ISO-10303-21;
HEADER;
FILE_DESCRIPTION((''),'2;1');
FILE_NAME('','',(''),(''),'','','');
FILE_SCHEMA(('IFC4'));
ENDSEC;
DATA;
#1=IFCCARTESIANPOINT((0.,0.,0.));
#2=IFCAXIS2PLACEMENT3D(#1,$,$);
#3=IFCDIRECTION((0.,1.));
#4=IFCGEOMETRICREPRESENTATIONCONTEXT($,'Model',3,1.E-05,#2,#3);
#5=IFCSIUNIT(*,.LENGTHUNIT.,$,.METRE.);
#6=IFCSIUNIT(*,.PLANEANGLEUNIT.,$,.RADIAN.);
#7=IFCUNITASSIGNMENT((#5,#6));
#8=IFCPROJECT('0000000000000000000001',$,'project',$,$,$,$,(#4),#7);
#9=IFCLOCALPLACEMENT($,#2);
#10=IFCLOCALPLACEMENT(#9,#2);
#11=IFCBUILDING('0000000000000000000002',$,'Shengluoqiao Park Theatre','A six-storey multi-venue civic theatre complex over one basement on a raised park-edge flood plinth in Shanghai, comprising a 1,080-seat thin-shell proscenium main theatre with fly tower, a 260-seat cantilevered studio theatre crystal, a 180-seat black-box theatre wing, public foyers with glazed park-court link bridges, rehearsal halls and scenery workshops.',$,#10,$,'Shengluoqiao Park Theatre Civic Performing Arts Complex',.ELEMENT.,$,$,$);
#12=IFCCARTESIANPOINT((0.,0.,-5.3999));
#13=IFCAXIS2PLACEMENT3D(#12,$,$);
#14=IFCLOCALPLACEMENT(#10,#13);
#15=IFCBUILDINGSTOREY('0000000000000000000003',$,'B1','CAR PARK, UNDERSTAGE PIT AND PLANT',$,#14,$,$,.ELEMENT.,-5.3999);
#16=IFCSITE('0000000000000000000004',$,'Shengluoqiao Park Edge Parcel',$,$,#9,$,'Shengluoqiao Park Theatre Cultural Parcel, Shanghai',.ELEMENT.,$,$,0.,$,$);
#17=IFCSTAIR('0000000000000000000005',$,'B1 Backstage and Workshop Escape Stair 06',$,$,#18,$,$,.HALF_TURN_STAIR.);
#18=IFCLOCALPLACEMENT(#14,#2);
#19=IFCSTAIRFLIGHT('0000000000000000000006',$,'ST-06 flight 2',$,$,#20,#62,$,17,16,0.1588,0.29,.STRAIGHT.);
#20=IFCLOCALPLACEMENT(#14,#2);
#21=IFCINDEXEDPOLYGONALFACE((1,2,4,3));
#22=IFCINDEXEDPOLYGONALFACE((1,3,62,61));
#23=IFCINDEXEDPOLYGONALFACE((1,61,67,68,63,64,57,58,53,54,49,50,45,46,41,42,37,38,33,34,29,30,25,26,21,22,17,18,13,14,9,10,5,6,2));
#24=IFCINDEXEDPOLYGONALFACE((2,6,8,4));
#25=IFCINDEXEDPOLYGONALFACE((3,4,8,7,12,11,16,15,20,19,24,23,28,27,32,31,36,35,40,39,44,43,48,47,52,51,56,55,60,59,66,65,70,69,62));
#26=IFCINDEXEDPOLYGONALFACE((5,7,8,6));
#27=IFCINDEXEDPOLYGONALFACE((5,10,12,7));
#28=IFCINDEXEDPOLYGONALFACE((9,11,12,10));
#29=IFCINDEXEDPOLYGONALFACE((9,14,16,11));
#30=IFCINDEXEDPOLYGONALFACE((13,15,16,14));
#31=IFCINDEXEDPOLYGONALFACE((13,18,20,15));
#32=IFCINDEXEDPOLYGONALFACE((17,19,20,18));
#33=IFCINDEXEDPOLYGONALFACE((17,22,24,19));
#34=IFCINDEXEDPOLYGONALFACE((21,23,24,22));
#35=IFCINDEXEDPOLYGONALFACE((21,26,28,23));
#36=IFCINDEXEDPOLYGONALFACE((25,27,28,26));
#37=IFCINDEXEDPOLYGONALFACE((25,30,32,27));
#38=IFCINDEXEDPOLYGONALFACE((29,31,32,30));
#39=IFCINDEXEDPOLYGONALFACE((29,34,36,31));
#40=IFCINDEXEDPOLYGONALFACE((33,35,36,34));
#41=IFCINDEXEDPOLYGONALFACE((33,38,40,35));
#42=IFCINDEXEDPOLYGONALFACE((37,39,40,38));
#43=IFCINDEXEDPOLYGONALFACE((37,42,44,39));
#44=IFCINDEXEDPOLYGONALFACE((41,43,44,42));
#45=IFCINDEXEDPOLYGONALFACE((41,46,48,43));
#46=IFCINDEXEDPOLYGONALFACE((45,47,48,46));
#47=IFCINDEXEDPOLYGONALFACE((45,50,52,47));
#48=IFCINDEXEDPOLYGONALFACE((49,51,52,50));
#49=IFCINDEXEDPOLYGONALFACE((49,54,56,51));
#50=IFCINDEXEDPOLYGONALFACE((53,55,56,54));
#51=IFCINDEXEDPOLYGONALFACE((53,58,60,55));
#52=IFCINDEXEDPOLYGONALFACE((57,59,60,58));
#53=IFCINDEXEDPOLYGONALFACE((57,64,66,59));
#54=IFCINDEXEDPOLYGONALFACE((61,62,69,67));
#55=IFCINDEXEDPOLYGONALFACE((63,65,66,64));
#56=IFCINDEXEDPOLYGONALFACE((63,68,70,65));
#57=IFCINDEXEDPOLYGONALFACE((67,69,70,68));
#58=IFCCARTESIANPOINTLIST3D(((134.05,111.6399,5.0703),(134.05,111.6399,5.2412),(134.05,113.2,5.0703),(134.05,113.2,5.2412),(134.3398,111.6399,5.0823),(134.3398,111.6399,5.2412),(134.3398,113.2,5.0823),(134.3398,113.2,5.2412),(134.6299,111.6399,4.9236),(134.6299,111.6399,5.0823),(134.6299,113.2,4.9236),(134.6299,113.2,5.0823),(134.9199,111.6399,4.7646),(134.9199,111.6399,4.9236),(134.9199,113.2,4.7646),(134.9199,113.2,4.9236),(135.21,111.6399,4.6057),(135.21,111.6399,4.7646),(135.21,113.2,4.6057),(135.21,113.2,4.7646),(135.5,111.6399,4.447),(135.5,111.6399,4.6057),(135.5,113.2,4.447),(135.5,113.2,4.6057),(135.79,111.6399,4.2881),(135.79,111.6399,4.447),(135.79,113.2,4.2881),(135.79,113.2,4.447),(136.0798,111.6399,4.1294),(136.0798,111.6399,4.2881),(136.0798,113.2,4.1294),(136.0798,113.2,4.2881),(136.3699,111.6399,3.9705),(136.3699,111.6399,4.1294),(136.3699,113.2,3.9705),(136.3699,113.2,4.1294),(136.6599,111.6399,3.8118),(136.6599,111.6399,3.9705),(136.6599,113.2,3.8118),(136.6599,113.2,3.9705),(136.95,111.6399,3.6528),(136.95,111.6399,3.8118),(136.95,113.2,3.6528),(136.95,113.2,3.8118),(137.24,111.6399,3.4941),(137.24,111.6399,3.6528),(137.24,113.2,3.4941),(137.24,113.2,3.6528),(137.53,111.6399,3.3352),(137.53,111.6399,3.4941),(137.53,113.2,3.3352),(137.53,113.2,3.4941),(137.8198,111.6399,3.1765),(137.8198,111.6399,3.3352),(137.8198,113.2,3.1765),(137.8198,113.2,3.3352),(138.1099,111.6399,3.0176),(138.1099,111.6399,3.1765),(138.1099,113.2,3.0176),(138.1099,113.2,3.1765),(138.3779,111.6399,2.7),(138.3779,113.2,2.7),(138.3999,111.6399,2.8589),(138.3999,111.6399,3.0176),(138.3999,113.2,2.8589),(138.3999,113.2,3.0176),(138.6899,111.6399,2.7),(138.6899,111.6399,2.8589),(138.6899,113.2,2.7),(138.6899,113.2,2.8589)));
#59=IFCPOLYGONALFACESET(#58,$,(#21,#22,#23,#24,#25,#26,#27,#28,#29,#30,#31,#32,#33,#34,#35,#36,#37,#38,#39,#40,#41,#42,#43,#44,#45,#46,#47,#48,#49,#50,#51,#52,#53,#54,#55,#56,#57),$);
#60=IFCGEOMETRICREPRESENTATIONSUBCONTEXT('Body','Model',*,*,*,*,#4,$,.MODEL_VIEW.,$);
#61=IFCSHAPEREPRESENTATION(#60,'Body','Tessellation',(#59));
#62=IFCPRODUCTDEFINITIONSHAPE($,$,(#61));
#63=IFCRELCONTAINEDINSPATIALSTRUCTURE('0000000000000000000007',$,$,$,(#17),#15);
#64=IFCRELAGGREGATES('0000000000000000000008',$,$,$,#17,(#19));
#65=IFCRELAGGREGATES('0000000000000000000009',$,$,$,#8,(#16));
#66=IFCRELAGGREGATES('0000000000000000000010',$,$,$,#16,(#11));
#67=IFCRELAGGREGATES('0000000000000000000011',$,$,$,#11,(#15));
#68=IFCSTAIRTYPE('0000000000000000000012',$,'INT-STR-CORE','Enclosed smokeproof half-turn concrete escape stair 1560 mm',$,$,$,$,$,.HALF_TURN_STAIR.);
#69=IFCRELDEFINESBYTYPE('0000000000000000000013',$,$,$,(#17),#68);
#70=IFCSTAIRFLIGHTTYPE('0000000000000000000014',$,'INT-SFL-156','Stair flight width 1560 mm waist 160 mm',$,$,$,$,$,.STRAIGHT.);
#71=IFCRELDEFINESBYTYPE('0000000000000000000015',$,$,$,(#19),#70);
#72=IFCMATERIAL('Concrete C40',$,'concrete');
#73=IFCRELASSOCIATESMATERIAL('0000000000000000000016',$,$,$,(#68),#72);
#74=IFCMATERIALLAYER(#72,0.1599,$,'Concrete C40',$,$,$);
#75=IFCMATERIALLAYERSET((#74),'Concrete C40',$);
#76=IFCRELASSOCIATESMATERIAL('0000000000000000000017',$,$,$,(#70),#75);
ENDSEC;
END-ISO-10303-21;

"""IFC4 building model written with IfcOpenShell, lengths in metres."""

from ifc_helpers import new_model, si_unit, direction, frame, origin, place, context, subcontext, project, spatial, polyline, outline, extrude, material, layer, layer_set, type_object, element, aggregate, save


model = new_model("IFC4")

# Units and contexts
model_context = context("Model", 3, precision=1e-05, world=origin(), true_north=direction((0.0, 1.0)))
body_context = subcontext(model_context, "Body", "Model", "MODEL_VIEW")
ifc_project = project(units=[si_unit("LENGTHUNIT", "METRE"), si_unit("PLANEANGLEUNIT", "RADIAN")], contexts=[model_context])

# Site, building, storey
site_placement = place(None, origin())
site = spatial("IfcSite", under=ifc_project, at=site_placement, Name="Shengluoqiao Park Edge Parcel", LongName="Shengluoqiao Park Theatre Cultural Parcel, Shanghai", CompositionType="ELEMENT", RefElevation=0.0)
building_placement = place(site_placement, origin())
building = spatial("IfcBuilding", under=site, at=building_placement, Name="Shengluoqiao Park Theatre", Description="A six-storey multi-venue civic theatre complex over one basement on a raised park-edge flood plinth in Shanghai, comprising a 1,080-seat thin-shell proscenium main theatre with fly tower, a 260-seat cantilevered studio theatre crystal, a 180-seat black-box theatre wing, public foyers with glazed park-court link bridges, rehearsal halls and scenery workshops.", LongName="Shengluoqiao Park Theatre Civic Performing Arts Complex", CompositionType="ELEMENT")
storey_placement = place(building_placement, frame((0.0, 0.0, -5.3999)))
storey = spatial("IfcBuildingStorey", under=building, at=storey_placement, Name="B1", Description="CAR PARK, UNDERSTAGE PIT AND PLANT", CompositionType="ELEMENT", Elevation=-5.3999)

# Shared definitions
ifc_material_1 = material(Name="Concrete C40", Category="concrete")

# Stair, stair flight
stair_type = type_object("IfcStairType", Name="INT-STR-CORE", Description="Enclosed smokeproof half-turn concrete escape stair 1560 mm", PredefinedType="HALF_TURN_STAIR", material=ifc_material_1)
stair_placement = place(storey_placement, origin())
stair = element("IfcStair", 1, at=stair_placement, inside=storey, type_object=stair_type, Name="B1 Backstage and Workshop Escape Stair 06", PredefinedType="HALF_TURN_STAIR")
ifc_layer_1 = layer(ifc_material_1, 0.1599, Name="Concrete C40")
ifc_layer_set_1 = layer_set([ifc_layer_1], Name="Concrete C40")
stair_flight_type = type_object("IfcStairFlightType", Name="INT-SFL-156", Description="Stair flight width 1560 mm waist 160 mm", PredefinedType="STRAIGHT", material=ifc_layer_set_1)
stair_flight_1_placement = place(storey_placement, frame((138.6899, 112.4199, 2.7), z_axis=(0.0, 0.0, 1.0), x_axis=(-1.0, 0.0, 0.0)))
stair_flight_1 = element("IfcStairFlight", 2, at=stair_flight_1_placement, type_object=stair_flight_type, Name="ST-06 flight 2", NumberOfRisers=17, NumberOfTreads=16, PredefinedType="STRAIGHT", RiserHeight=0.1588, TreadLength=0.29, context=body_context, shape_type="SweptSolid", body=[
    extrude(outline(polyline([(0.0, 0.0), (0.0, 0.1589), (0.29, 0.1589), (0.29, 0.3176), (0.5801, 0.3176), (0.5801, 0.4766), (0.8701, 0.4766), (0.8701, 0.6353), (1.1599, 0.6353), (1.1599, 0.7942), (1.45, 0.7942), (1.45, 0.9529), (1.74, 0.9529), (1.74, 1.1118), (2.03, 1.1118), (2.03, 1.2705), (2.3201, 1.2705), (2.3201, 1.4294), (2.6101, 1.4294), (2.6101, 1.5881), (2.8999, 1.5881), (2.8999, 1.7471), (3.1899, 1.7471), (3.1899, 1.9058), (3.48, 1.9058), (3.48, 2.0647), (3.77, 2.0647), (3.77, 2.2236), (4.0601, 2.2236), (4.0601, 2.3823), (4.3501, 2.3823), (4.3501, 2.5413), (4.6399, 2.5413), (4.6399, 2.7), (4.6399, 2.3704), (0.312, 0.0), (0.0, 0.0)])), frame((0.0, 0.78, 0.0), z_axis=(0.0, -1.0, 0.0), x_axis=(1.0, 0.0, 0.0)), (0.0, 0.0, 1.0), 1.5601),
])
aggregate(stair, [stair_flight_1])

save(model, "model.ifc")
